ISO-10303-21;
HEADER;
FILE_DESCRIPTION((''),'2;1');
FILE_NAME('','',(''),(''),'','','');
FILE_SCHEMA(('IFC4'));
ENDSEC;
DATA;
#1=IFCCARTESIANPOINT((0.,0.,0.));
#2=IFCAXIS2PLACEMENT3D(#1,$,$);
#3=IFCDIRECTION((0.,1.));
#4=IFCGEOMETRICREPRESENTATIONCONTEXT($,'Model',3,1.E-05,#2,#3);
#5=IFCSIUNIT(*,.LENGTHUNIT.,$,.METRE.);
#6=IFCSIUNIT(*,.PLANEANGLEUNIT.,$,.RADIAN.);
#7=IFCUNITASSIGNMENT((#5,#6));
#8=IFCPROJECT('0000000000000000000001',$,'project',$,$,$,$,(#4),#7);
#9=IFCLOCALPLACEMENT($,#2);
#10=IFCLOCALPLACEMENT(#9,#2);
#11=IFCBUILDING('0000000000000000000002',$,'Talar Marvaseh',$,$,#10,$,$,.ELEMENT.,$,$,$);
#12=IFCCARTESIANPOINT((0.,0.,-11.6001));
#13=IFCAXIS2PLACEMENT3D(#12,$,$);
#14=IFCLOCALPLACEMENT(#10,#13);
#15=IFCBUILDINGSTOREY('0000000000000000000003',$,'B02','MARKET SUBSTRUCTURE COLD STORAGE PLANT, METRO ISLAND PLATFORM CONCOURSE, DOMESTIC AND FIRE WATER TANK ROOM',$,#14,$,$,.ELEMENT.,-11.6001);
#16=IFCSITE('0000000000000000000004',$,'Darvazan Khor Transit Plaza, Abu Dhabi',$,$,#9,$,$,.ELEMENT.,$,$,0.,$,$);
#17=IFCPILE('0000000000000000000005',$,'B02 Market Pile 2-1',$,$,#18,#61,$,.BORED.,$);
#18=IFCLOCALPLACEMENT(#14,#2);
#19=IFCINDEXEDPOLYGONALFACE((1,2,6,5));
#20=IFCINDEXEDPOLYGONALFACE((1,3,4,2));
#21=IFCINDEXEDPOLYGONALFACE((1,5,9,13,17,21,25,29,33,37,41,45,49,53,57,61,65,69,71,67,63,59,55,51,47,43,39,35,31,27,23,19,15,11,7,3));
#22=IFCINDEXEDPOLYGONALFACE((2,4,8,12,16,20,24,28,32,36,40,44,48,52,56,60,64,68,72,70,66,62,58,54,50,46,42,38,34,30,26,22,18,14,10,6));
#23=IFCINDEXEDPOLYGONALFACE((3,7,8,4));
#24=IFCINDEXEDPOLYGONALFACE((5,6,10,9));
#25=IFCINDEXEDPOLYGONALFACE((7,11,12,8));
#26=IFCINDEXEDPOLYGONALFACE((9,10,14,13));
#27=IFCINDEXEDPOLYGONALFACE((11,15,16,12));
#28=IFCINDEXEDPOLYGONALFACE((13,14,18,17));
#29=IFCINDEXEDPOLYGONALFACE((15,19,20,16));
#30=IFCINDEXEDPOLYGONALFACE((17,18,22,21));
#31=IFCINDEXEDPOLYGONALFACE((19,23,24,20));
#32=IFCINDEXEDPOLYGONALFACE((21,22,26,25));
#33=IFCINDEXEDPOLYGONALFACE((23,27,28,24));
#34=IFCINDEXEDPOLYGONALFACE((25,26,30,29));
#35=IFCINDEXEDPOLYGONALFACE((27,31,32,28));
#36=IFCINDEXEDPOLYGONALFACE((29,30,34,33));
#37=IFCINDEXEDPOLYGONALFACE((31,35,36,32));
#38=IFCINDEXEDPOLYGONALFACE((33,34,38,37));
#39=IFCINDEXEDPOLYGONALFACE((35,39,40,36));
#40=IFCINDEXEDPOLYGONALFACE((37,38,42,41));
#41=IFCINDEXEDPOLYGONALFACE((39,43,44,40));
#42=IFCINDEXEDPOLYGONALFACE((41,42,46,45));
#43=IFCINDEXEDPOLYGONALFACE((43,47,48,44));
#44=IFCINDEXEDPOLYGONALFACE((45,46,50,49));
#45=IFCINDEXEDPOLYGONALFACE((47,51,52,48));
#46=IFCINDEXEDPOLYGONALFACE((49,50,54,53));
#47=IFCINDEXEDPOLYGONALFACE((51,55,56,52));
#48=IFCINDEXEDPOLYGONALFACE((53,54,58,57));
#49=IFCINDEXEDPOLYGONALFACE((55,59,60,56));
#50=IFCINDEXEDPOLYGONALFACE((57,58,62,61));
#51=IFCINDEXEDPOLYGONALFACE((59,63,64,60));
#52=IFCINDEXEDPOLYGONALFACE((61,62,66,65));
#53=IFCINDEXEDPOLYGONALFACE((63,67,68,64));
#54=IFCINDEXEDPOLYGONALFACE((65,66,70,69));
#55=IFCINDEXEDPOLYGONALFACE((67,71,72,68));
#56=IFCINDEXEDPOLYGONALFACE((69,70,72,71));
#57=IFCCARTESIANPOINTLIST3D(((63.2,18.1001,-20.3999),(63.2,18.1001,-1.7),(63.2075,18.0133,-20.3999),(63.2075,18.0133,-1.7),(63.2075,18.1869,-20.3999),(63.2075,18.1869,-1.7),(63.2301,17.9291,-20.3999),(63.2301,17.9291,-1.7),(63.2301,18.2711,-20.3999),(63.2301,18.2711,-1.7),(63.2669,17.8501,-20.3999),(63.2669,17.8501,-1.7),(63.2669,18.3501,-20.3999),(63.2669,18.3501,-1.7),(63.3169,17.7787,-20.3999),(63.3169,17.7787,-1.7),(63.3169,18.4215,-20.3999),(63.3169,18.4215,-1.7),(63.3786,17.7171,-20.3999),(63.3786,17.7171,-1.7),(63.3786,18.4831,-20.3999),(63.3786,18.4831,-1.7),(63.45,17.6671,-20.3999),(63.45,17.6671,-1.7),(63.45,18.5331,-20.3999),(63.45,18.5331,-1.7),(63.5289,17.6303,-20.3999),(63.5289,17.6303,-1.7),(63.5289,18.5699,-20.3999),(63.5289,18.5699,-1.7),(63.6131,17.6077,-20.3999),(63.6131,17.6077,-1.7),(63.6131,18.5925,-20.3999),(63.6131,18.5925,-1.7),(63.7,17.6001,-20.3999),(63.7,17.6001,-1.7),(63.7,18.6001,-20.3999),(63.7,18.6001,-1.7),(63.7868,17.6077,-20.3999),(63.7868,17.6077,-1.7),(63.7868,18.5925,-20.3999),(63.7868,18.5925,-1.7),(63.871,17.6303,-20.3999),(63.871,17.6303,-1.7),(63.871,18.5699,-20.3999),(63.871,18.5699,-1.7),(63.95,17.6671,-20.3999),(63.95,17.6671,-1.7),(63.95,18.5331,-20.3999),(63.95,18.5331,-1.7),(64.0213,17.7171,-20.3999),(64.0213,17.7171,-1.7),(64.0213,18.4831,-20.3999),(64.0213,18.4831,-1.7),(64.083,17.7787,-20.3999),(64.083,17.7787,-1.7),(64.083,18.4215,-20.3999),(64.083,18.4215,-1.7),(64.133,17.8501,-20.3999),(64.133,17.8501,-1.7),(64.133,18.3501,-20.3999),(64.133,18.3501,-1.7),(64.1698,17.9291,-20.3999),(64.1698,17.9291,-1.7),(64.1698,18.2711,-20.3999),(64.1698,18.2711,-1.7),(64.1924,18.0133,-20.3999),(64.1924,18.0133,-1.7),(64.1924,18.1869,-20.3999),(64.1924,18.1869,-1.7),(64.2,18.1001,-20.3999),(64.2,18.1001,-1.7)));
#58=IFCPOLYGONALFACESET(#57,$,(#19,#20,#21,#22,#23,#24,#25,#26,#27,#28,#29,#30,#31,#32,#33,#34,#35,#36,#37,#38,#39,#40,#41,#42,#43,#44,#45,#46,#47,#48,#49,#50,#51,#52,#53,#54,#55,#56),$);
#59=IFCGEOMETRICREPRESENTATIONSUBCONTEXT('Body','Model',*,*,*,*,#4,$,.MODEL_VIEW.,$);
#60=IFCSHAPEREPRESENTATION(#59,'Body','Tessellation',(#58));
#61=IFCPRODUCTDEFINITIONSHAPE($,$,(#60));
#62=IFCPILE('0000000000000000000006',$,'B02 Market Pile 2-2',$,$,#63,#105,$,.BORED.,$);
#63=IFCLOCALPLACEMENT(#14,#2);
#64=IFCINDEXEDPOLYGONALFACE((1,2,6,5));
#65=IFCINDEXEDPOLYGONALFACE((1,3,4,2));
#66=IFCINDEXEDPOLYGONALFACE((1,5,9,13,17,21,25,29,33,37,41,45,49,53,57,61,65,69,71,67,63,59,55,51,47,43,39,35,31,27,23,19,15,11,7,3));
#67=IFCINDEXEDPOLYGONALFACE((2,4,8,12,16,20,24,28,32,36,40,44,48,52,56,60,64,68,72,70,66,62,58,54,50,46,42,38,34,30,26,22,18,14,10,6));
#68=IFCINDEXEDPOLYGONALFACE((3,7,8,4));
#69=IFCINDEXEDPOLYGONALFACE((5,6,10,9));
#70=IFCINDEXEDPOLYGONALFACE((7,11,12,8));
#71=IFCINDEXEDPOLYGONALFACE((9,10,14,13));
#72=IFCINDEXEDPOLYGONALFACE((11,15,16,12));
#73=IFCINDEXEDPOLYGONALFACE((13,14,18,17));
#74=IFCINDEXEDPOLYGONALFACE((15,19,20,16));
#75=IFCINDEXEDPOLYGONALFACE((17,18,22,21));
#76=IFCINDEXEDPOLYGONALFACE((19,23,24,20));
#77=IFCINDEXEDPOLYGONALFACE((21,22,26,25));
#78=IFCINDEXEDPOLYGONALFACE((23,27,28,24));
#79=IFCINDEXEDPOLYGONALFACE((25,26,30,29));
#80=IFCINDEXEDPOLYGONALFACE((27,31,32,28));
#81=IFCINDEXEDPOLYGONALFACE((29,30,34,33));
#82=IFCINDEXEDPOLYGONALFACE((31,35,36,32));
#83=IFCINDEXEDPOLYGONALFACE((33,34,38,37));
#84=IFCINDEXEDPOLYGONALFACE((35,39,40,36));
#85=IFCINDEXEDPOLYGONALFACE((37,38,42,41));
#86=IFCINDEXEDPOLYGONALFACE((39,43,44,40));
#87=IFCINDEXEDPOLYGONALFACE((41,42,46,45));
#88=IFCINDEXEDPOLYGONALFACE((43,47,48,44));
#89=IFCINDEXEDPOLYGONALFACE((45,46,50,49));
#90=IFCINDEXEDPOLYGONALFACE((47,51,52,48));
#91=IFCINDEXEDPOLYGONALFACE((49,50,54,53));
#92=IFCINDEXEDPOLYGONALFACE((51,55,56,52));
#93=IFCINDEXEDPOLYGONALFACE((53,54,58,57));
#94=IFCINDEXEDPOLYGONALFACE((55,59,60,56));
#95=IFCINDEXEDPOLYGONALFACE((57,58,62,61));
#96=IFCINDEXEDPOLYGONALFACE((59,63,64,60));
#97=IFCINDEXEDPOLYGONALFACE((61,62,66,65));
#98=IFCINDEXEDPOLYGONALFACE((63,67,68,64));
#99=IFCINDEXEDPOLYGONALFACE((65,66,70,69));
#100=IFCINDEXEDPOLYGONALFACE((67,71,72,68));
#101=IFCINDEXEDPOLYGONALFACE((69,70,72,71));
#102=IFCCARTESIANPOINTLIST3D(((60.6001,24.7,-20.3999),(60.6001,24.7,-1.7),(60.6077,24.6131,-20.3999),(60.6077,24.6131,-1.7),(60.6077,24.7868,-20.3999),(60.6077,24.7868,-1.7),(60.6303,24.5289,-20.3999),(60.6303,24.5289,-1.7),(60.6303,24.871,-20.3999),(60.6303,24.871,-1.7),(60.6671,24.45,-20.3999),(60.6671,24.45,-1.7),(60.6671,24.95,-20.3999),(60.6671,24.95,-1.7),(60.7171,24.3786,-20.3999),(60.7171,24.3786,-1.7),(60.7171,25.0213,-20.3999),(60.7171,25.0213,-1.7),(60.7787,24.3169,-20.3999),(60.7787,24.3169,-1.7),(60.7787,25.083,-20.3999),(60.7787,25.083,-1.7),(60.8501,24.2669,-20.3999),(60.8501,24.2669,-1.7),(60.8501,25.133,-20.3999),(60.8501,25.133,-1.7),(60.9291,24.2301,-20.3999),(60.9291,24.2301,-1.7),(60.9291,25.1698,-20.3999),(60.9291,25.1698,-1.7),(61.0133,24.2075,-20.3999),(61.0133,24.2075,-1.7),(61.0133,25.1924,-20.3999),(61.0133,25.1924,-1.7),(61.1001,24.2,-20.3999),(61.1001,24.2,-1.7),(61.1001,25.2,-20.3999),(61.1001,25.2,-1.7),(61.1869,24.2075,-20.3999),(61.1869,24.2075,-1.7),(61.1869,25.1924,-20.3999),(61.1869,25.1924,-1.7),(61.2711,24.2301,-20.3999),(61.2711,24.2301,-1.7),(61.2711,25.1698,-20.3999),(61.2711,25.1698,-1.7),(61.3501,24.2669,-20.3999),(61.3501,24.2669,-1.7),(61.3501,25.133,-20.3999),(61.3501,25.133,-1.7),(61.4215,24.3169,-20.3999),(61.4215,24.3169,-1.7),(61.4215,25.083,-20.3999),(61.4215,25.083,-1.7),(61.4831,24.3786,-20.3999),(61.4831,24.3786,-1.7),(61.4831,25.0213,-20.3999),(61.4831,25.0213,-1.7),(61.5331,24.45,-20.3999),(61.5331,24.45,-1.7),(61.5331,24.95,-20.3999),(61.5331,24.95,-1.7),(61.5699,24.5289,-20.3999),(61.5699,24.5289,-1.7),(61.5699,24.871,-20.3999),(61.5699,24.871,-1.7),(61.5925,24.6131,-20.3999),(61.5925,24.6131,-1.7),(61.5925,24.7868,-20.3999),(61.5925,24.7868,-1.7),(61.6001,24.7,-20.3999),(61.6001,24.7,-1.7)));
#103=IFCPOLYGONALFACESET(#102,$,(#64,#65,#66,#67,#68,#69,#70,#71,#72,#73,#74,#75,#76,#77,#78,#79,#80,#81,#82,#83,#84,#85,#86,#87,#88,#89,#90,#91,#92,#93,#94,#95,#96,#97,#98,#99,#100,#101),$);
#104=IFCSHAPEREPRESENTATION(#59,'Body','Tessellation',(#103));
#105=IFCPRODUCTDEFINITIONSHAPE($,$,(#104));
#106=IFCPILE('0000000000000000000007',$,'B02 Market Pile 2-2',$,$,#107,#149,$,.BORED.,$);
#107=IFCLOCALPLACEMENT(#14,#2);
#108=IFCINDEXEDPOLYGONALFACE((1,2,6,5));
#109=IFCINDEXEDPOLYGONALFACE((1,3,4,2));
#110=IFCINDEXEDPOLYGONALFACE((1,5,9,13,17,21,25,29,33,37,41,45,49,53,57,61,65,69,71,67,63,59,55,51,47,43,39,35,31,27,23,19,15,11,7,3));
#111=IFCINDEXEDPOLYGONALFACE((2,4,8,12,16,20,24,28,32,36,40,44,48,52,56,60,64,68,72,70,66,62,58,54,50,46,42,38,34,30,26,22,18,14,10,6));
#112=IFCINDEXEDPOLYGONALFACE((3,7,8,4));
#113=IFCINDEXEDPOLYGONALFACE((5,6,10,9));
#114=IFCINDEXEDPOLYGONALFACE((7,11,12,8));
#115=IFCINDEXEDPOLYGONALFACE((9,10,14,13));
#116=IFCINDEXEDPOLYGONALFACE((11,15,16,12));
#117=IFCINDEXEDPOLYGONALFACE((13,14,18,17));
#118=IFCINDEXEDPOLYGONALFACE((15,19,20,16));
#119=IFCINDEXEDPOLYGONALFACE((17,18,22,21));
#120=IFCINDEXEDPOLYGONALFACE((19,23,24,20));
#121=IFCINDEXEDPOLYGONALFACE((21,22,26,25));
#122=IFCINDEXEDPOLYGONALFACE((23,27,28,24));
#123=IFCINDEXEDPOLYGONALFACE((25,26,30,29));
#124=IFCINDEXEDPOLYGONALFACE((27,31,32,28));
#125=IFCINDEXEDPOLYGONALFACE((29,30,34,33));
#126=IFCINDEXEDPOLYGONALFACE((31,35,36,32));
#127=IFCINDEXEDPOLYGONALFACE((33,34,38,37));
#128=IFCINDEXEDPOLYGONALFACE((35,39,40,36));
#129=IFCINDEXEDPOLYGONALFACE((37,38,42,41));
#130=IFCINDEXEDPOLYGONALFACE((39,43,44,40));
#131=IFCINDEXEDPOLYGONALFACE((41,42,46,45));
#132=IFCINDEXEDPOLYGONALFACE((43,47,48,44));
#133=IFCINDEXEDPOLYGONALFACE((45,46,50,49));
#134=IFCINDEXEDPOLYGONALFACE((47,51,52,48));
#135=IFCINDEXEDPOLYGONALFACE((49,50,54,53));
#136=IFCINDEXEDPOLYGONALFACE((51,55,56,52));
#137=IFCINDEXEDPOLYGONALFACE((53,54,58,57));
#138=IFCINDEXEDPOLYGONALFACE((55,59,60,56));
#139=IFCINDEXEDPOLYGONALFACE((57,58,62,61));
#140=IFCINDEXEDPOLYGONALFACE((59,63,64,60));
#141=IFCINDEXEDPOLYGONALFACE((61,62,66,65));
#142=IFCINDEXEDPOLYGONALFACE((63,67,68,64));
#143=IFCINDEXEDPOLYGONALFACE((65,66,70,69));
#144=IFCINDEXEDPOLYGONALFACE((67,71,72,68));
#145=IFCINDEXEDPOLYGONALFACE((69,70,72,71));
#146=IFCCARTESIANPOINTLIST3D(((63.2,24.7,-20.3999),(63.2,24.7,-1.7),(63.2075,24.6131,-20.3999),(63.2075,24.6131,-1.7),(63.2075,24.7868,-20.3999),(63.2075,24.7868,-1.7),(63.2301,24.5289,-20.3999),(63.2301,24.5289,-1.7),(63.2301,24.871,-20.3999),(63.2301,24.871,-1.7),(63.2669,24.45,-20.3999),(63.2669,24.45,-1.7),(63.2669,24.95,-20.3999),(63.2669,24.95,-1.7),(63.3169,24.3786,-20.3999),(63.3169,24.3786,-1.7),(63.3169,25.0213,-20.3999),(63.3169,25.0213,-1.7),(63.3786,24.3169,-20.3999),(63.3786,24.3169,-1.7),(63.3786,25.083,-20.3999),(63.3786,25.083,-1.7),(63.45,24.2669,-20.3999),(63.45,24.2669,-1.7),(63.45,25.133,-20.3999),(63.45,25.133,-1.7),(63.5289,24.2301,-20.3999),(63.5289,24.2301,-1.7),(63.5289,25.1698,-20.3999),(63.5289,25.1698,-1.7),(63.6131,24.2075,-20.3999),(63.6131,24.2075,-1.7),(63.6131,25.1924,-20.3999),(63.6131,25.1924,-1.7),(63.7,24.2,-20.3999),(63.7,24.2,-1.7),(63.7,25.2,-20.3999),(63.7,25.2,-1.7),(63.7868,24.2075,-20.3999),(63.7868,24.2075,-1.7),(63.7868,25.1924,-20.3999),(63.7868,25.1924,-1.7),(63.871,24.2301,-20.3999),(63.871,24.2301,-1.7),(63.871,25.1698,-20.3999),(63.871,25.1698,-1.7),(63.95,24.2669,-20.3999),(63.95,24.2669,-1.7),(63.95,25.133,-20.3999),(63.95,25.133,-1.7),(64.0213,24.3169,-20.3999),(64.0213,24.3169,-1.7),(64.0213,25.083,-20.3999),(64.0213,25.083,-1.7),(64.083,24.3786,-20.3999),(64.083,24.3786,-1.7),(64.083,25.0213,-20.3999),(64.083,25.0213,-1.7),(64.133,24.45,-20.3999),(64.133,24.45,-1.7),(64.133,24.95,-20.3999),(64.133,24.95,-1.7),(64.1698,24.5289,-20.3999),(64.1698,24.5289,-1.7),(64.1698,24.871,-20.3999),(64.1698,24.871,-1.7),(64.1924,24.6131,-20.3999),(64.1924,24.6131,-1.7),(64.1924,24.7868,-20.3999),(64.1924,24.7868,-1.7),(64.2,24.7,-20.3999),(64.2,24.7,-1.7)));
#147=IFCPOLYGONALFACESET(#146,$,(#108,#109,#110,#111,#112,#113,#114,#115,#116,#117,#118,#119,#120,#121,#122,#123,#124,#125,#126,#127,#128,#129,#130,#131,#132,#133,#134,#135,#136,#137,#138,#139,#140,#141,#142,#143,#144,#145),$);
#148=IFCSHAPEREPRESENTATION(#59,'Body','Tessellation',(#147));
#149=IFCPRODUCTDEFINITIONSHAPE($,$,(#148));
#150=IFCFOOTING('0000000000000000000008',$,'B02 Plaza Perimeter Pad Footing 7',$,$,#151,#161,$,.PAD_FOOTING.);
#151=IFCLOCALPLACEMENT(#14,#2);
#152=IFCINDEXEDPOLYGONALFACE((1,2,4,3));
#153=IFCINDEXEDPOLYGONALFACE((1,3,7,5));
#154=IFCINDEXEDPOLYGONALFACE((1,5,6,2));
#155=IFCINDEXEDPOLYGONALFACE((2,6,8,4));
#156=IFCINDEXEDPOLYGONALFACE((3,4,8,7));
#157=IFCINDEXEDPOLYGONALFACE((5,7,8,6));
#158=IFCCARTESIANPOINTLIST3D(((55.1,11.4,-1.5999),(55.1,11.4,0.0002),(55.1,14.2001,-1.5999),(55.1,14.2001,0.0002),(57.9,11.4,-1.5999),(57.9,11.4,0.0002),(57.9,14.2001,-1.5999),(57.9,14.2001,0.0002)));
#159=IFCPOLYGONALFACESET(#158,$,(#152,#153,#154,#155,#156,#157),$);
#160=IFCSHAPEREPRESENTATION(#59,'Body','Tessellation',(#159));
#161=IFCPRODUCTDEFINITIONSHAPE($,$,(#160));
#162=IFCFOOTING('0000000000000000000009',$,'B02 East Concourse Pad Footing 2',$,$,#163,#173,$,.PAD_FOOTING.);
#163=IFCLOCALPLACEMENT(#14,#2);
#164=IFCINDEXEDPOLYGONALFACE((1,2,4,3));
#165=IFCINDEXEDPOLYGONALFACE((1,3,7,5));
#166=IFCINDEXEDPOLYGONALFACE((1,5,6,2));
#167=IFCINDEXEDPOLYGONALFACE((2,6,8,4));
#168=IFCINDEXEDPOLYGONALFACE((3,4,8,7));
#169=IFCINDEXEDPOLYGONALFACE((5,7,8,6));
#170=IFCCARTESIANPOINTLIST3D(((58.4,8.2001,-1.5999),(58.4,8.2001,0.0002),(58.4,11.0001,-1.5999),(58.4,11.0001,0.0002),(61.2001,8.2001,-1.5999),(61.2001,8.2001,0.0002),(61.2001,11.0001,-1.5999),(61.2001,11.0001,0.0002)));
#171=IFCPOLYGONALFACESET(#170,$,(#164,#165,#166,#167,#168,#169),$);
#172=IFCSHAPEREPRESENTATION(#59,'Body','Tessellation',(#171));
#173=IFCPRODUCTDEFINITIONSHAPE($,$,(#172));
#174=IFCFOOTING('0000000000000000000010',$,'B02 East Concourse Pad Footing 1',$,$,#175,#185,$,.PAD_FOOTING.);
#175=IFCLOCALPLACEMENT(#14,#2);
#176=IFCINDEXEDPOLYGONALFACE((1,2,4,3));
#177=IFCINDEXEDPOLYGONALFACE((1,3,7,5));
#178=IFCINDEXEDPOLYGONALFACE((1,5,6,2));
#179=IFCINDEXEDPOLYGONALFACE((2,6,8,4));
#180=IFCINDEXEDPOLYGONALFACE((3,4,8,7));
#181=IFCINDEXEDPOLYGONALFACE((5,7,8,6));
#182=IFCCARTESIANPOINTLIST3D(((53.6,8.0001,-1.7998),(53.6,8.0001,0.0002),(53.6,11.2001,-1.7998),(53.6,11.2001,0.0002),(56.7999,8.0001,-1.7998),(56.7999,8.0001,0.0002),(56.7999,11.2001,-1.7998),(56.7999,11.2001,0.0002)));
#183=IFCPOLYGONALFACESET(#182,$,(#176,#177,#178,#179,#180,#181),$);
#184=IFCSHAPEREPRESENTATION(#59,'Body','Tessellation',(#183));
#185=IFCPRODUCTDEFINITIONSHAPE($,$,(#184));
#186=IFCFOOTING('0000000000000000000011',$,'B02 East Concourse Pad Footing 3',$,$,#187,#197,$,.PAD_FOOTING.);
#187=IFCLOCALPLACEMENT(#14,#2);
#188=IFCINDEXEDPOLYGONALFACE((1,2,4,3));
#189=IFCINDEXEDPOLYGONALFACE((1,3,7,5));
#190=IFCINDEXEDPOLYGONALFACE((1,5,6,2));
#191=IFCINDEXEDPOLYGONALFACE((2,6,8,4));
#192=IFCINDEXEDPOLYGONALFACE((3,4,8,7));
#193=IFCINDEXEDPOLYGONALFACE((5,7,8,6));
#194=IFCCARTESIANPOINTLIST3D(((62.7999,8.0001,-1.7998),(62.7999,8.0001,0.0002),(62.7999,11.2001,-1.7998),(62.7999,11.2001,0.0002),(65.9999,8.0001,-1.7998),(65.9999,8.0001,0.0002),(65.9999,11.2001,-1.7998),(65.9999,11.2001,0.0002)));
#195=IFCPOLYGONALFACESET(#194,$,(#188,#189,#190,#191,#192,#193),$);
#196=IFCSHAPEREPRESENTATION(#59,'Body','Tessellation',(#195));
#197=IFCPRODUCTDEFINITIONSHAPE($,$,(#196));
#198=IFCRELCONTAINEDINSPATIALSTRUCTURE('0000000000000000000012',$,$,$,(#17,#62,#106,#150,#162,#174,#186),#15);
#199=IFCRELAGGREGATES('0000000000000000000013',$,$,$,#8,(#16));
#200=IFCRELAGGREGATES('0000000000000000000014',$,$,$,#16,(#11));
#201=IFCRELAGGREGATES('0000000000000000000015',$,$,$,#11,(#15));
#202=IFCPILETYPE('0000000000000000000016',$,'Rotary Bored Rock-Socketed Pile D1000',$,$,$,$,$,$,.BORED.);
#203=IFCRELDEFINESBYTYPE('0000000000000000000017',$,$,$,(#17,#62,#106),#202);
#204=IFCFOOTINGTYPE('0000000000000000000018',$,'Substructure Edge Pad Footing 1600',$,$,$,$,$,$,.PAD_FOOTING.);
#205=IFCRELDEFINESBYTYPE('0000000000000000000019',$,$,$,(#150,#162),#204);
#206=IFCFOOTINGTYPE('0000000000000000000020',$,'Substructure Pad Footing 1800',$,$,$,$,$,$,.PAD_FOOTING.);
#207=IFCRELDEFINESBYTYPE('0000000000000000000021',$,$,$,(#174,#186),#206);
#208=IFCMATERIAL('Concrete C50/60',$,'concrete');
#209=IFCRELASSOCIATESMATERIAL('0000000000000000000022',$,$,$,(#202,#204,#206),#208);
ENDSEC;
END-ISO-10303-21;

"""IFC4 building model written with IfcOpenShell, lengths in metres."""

from ifc_helpers import new_model, si_unit, direction, frame, origin, origin_2d, place, context, subcontext, project, spatial, rectangle, circle, extrude, source, transform, mapped, material, material_profile, profile_set, type_object, type_shapes, element, save


model = new_model("IFC4")

# Units and contexts
model_context = context("Model", 3, precision=1e-05, world=origin(), true_north=direction((0.0, 1.0)))
body_context = subcontext(model_context, "Body", "Model", "MODEL_VIEW")
ifc_project = project(units=[si_unit("LENGTHUNIT", "METRE"), si_unit("PLANEANGLEUNIT", "RADIAN")], contexts=[model_context])

# Site, building, storey
site_placement = place(None, origin())
site = spatial("IfcSite", under=ifc_project, at=site_placement, Name="Darvazan Khor Transit Plaza, Abu Dhabi", CompositionType="ELEMENT", RefElevation=0.0)
building_placement = place(site_placement, origin())
building = spatial("IfcBuilding", under=site, at=building_placement, Name="Talar Marvaseh", CompositionType="ELEMENT")
storey_placement = place(building_placement, frame((0.0, 0.0, -11.6001)))
storey = spatial("IfcBuildingStorey", under=building, at=storey_placement, Name="B02", Description="MARKET SUBSTRUCTURE COLD STORAGE PLANT, METRO ISLAND PLATFORM CONCOURSE, DOMESTIC AND FIRE WATER TANK ROOM", CompositionType="ELEMENT", Elevation=-11.6001)

# Shared definitions
ifc_material_1 = material(Name="Concrete C50/60", Category="concrete")

# Piles
ifc_material_profile_1 = material_profile(ifc_material_1, circle(Radius=0.5, at=origin_2d()), Name="PILE-D1000")
ifc_profile_set_1 = profile_set([ifc_material_profile_1], Name="Concrete C50/60")
pile_type = type_object("IfcPileType", Name="Rotary Bored Rock-Socketed Pile D1000", PredefinedType="BORED", material=ifc_profile_set_1)
shared_shape_1 = source(origin(), body_context, "Body", "SweptSolid", [
    extrude(circle(Radius=0.5, at=origin_2d()), origin(), (0.0, 0.0, 1.0), 18.7),
])
type_shapes(pile_type, [shared_shape_1])
for number, where, z_axis, x_axis, name in (
    (1, (63.7, 18.1001, -1.7), (0.0, 0.0, -1.0), (1.0, 0.0, 0.0), "B02 Market Pile 2-1"),
    (2, (61.1001, 24.7, -1.7), (0.0, 0.0, -1.0), (1.0, 0.0, 0.0), "B02 Market Pile 2-2"),
    (3, (63.7, 24.7, -1.7), (0.0, 0.0, -1.0), (1.0, 0.0, 0.0), "B02 Market Pile 2-2"),
):
    element("IfcPile", number, at=place(storey_placement, frame(where, z_axis=z_axis, x_axis=x_axis)), inside=storey, type_object=pile_type, Name=name, PredefinedType="BORED", context=body_context, shape_type="MappedRepresentation", body=[
        mapped(shared_shape_1, transform((0.0, 0.0, 0.0), x_axis=(1.0, 0.0, 0.0), y_axis=(0.0, 1.0, 0.0), z_axis=(0.0, 0.0, 1.0), scale=1.0)),
    ])

# Footings
footing_type_1 = type_object("IfcFootingType", Name="Substructure Edge Pad Footing 1600", PredefinedType="PAD_FOOTING", material=ifc_material_1)
shared_shape_2 = source(origin(), body_context, "Body", "SweptSolid", [
    extrude(rectangle(XDim=2.8, YDim=2.8, at=origin_2d()), origin(), (0.0, 0.0, 1.0), 1.6001),
])
type_shapes(footing_type_1, [shared_shape_2])
for number, where, z_axis, x_axis, name in (
    (4, (56.5, 12.8, -1.5999), (0.0, 0.0, 1.0), (1.0, 0.0, 0.0), "B02 Plaza Perimeter Pad Footing 7"),
    (5, (59.8, 9.6001, -1.5999), (0.0, 0.0, 1.0), (1.0, 0.0, 0.0), "B02 East Concourse Pad Footing 2"),
):
    element("IfcFooting", number, at=place(storey_placement, frame(where, z_axis=z_axis, x_axis=x_axis)), inside=storey, type_object=footing_type_1, Name=name, PredefinedType="PAD_FOOTING", context=body_context, shape_type="MappedRepresentation", body=[
        mapped(shared_shape_2, transform((0.0, 0.0, 0.0), x_axis=(1.0, 0.0, 0.0), y_axis=(0.0, 1.0, 0.0), z_axis=(0.0, 0.0, 1.0), scale=1.0)),
    ])
footing_type_2 = type_object("IfcFootingType", Name="Substructure Pad Footing 1800", PredefinedType="PAD_FOOTING", material=ifc_material_1)
shared_shape_3 = source(origin(), body_context, "Body", "SweptSolid", [
    extrude(rectangle(XDim=3.2, YDim=3.2, at=origin_2d()), origin(), (0.0, 0.0, 1.0), 1.8),
])
type_shapes(footing_type_2, [shared_shape_3])
for number, where, z_axis, x_axis, name in (
    (6, (55.2, 9.6001, -1.7998), (0.0, 0.0, 1.0), (1.0, 0.0, 0.0), "B02 East Concourse Pad Footing 1"),
    (7, (64.3999, 9.6001, -1.7998), (0.0, 0.0, 1.0), (1.0, 0.0, 0.0), "B02 East Concourse Pad Footing 3"),
):
    element("IfcFooting", number, at=place(storey_placement, frame(where, z_axis=z_axis, x_axis=x_axis)), inside=storey, type_object=footing_type_2, Name=name, PredefinedType="PAD_FOOTING", context=body_context, shape_type="MappedRepresentation", body=[
        mapped(shared_shape_3, transform((0.0, 0.0, 0.0), x_axis=(1.0, 0.0, 0.0), y_axis=(0.0, 1.0, 0.0), z_axis=(0.0, 0.0, 1.0), scale=1.0)),
    ])

save(model, "model.ifc")
